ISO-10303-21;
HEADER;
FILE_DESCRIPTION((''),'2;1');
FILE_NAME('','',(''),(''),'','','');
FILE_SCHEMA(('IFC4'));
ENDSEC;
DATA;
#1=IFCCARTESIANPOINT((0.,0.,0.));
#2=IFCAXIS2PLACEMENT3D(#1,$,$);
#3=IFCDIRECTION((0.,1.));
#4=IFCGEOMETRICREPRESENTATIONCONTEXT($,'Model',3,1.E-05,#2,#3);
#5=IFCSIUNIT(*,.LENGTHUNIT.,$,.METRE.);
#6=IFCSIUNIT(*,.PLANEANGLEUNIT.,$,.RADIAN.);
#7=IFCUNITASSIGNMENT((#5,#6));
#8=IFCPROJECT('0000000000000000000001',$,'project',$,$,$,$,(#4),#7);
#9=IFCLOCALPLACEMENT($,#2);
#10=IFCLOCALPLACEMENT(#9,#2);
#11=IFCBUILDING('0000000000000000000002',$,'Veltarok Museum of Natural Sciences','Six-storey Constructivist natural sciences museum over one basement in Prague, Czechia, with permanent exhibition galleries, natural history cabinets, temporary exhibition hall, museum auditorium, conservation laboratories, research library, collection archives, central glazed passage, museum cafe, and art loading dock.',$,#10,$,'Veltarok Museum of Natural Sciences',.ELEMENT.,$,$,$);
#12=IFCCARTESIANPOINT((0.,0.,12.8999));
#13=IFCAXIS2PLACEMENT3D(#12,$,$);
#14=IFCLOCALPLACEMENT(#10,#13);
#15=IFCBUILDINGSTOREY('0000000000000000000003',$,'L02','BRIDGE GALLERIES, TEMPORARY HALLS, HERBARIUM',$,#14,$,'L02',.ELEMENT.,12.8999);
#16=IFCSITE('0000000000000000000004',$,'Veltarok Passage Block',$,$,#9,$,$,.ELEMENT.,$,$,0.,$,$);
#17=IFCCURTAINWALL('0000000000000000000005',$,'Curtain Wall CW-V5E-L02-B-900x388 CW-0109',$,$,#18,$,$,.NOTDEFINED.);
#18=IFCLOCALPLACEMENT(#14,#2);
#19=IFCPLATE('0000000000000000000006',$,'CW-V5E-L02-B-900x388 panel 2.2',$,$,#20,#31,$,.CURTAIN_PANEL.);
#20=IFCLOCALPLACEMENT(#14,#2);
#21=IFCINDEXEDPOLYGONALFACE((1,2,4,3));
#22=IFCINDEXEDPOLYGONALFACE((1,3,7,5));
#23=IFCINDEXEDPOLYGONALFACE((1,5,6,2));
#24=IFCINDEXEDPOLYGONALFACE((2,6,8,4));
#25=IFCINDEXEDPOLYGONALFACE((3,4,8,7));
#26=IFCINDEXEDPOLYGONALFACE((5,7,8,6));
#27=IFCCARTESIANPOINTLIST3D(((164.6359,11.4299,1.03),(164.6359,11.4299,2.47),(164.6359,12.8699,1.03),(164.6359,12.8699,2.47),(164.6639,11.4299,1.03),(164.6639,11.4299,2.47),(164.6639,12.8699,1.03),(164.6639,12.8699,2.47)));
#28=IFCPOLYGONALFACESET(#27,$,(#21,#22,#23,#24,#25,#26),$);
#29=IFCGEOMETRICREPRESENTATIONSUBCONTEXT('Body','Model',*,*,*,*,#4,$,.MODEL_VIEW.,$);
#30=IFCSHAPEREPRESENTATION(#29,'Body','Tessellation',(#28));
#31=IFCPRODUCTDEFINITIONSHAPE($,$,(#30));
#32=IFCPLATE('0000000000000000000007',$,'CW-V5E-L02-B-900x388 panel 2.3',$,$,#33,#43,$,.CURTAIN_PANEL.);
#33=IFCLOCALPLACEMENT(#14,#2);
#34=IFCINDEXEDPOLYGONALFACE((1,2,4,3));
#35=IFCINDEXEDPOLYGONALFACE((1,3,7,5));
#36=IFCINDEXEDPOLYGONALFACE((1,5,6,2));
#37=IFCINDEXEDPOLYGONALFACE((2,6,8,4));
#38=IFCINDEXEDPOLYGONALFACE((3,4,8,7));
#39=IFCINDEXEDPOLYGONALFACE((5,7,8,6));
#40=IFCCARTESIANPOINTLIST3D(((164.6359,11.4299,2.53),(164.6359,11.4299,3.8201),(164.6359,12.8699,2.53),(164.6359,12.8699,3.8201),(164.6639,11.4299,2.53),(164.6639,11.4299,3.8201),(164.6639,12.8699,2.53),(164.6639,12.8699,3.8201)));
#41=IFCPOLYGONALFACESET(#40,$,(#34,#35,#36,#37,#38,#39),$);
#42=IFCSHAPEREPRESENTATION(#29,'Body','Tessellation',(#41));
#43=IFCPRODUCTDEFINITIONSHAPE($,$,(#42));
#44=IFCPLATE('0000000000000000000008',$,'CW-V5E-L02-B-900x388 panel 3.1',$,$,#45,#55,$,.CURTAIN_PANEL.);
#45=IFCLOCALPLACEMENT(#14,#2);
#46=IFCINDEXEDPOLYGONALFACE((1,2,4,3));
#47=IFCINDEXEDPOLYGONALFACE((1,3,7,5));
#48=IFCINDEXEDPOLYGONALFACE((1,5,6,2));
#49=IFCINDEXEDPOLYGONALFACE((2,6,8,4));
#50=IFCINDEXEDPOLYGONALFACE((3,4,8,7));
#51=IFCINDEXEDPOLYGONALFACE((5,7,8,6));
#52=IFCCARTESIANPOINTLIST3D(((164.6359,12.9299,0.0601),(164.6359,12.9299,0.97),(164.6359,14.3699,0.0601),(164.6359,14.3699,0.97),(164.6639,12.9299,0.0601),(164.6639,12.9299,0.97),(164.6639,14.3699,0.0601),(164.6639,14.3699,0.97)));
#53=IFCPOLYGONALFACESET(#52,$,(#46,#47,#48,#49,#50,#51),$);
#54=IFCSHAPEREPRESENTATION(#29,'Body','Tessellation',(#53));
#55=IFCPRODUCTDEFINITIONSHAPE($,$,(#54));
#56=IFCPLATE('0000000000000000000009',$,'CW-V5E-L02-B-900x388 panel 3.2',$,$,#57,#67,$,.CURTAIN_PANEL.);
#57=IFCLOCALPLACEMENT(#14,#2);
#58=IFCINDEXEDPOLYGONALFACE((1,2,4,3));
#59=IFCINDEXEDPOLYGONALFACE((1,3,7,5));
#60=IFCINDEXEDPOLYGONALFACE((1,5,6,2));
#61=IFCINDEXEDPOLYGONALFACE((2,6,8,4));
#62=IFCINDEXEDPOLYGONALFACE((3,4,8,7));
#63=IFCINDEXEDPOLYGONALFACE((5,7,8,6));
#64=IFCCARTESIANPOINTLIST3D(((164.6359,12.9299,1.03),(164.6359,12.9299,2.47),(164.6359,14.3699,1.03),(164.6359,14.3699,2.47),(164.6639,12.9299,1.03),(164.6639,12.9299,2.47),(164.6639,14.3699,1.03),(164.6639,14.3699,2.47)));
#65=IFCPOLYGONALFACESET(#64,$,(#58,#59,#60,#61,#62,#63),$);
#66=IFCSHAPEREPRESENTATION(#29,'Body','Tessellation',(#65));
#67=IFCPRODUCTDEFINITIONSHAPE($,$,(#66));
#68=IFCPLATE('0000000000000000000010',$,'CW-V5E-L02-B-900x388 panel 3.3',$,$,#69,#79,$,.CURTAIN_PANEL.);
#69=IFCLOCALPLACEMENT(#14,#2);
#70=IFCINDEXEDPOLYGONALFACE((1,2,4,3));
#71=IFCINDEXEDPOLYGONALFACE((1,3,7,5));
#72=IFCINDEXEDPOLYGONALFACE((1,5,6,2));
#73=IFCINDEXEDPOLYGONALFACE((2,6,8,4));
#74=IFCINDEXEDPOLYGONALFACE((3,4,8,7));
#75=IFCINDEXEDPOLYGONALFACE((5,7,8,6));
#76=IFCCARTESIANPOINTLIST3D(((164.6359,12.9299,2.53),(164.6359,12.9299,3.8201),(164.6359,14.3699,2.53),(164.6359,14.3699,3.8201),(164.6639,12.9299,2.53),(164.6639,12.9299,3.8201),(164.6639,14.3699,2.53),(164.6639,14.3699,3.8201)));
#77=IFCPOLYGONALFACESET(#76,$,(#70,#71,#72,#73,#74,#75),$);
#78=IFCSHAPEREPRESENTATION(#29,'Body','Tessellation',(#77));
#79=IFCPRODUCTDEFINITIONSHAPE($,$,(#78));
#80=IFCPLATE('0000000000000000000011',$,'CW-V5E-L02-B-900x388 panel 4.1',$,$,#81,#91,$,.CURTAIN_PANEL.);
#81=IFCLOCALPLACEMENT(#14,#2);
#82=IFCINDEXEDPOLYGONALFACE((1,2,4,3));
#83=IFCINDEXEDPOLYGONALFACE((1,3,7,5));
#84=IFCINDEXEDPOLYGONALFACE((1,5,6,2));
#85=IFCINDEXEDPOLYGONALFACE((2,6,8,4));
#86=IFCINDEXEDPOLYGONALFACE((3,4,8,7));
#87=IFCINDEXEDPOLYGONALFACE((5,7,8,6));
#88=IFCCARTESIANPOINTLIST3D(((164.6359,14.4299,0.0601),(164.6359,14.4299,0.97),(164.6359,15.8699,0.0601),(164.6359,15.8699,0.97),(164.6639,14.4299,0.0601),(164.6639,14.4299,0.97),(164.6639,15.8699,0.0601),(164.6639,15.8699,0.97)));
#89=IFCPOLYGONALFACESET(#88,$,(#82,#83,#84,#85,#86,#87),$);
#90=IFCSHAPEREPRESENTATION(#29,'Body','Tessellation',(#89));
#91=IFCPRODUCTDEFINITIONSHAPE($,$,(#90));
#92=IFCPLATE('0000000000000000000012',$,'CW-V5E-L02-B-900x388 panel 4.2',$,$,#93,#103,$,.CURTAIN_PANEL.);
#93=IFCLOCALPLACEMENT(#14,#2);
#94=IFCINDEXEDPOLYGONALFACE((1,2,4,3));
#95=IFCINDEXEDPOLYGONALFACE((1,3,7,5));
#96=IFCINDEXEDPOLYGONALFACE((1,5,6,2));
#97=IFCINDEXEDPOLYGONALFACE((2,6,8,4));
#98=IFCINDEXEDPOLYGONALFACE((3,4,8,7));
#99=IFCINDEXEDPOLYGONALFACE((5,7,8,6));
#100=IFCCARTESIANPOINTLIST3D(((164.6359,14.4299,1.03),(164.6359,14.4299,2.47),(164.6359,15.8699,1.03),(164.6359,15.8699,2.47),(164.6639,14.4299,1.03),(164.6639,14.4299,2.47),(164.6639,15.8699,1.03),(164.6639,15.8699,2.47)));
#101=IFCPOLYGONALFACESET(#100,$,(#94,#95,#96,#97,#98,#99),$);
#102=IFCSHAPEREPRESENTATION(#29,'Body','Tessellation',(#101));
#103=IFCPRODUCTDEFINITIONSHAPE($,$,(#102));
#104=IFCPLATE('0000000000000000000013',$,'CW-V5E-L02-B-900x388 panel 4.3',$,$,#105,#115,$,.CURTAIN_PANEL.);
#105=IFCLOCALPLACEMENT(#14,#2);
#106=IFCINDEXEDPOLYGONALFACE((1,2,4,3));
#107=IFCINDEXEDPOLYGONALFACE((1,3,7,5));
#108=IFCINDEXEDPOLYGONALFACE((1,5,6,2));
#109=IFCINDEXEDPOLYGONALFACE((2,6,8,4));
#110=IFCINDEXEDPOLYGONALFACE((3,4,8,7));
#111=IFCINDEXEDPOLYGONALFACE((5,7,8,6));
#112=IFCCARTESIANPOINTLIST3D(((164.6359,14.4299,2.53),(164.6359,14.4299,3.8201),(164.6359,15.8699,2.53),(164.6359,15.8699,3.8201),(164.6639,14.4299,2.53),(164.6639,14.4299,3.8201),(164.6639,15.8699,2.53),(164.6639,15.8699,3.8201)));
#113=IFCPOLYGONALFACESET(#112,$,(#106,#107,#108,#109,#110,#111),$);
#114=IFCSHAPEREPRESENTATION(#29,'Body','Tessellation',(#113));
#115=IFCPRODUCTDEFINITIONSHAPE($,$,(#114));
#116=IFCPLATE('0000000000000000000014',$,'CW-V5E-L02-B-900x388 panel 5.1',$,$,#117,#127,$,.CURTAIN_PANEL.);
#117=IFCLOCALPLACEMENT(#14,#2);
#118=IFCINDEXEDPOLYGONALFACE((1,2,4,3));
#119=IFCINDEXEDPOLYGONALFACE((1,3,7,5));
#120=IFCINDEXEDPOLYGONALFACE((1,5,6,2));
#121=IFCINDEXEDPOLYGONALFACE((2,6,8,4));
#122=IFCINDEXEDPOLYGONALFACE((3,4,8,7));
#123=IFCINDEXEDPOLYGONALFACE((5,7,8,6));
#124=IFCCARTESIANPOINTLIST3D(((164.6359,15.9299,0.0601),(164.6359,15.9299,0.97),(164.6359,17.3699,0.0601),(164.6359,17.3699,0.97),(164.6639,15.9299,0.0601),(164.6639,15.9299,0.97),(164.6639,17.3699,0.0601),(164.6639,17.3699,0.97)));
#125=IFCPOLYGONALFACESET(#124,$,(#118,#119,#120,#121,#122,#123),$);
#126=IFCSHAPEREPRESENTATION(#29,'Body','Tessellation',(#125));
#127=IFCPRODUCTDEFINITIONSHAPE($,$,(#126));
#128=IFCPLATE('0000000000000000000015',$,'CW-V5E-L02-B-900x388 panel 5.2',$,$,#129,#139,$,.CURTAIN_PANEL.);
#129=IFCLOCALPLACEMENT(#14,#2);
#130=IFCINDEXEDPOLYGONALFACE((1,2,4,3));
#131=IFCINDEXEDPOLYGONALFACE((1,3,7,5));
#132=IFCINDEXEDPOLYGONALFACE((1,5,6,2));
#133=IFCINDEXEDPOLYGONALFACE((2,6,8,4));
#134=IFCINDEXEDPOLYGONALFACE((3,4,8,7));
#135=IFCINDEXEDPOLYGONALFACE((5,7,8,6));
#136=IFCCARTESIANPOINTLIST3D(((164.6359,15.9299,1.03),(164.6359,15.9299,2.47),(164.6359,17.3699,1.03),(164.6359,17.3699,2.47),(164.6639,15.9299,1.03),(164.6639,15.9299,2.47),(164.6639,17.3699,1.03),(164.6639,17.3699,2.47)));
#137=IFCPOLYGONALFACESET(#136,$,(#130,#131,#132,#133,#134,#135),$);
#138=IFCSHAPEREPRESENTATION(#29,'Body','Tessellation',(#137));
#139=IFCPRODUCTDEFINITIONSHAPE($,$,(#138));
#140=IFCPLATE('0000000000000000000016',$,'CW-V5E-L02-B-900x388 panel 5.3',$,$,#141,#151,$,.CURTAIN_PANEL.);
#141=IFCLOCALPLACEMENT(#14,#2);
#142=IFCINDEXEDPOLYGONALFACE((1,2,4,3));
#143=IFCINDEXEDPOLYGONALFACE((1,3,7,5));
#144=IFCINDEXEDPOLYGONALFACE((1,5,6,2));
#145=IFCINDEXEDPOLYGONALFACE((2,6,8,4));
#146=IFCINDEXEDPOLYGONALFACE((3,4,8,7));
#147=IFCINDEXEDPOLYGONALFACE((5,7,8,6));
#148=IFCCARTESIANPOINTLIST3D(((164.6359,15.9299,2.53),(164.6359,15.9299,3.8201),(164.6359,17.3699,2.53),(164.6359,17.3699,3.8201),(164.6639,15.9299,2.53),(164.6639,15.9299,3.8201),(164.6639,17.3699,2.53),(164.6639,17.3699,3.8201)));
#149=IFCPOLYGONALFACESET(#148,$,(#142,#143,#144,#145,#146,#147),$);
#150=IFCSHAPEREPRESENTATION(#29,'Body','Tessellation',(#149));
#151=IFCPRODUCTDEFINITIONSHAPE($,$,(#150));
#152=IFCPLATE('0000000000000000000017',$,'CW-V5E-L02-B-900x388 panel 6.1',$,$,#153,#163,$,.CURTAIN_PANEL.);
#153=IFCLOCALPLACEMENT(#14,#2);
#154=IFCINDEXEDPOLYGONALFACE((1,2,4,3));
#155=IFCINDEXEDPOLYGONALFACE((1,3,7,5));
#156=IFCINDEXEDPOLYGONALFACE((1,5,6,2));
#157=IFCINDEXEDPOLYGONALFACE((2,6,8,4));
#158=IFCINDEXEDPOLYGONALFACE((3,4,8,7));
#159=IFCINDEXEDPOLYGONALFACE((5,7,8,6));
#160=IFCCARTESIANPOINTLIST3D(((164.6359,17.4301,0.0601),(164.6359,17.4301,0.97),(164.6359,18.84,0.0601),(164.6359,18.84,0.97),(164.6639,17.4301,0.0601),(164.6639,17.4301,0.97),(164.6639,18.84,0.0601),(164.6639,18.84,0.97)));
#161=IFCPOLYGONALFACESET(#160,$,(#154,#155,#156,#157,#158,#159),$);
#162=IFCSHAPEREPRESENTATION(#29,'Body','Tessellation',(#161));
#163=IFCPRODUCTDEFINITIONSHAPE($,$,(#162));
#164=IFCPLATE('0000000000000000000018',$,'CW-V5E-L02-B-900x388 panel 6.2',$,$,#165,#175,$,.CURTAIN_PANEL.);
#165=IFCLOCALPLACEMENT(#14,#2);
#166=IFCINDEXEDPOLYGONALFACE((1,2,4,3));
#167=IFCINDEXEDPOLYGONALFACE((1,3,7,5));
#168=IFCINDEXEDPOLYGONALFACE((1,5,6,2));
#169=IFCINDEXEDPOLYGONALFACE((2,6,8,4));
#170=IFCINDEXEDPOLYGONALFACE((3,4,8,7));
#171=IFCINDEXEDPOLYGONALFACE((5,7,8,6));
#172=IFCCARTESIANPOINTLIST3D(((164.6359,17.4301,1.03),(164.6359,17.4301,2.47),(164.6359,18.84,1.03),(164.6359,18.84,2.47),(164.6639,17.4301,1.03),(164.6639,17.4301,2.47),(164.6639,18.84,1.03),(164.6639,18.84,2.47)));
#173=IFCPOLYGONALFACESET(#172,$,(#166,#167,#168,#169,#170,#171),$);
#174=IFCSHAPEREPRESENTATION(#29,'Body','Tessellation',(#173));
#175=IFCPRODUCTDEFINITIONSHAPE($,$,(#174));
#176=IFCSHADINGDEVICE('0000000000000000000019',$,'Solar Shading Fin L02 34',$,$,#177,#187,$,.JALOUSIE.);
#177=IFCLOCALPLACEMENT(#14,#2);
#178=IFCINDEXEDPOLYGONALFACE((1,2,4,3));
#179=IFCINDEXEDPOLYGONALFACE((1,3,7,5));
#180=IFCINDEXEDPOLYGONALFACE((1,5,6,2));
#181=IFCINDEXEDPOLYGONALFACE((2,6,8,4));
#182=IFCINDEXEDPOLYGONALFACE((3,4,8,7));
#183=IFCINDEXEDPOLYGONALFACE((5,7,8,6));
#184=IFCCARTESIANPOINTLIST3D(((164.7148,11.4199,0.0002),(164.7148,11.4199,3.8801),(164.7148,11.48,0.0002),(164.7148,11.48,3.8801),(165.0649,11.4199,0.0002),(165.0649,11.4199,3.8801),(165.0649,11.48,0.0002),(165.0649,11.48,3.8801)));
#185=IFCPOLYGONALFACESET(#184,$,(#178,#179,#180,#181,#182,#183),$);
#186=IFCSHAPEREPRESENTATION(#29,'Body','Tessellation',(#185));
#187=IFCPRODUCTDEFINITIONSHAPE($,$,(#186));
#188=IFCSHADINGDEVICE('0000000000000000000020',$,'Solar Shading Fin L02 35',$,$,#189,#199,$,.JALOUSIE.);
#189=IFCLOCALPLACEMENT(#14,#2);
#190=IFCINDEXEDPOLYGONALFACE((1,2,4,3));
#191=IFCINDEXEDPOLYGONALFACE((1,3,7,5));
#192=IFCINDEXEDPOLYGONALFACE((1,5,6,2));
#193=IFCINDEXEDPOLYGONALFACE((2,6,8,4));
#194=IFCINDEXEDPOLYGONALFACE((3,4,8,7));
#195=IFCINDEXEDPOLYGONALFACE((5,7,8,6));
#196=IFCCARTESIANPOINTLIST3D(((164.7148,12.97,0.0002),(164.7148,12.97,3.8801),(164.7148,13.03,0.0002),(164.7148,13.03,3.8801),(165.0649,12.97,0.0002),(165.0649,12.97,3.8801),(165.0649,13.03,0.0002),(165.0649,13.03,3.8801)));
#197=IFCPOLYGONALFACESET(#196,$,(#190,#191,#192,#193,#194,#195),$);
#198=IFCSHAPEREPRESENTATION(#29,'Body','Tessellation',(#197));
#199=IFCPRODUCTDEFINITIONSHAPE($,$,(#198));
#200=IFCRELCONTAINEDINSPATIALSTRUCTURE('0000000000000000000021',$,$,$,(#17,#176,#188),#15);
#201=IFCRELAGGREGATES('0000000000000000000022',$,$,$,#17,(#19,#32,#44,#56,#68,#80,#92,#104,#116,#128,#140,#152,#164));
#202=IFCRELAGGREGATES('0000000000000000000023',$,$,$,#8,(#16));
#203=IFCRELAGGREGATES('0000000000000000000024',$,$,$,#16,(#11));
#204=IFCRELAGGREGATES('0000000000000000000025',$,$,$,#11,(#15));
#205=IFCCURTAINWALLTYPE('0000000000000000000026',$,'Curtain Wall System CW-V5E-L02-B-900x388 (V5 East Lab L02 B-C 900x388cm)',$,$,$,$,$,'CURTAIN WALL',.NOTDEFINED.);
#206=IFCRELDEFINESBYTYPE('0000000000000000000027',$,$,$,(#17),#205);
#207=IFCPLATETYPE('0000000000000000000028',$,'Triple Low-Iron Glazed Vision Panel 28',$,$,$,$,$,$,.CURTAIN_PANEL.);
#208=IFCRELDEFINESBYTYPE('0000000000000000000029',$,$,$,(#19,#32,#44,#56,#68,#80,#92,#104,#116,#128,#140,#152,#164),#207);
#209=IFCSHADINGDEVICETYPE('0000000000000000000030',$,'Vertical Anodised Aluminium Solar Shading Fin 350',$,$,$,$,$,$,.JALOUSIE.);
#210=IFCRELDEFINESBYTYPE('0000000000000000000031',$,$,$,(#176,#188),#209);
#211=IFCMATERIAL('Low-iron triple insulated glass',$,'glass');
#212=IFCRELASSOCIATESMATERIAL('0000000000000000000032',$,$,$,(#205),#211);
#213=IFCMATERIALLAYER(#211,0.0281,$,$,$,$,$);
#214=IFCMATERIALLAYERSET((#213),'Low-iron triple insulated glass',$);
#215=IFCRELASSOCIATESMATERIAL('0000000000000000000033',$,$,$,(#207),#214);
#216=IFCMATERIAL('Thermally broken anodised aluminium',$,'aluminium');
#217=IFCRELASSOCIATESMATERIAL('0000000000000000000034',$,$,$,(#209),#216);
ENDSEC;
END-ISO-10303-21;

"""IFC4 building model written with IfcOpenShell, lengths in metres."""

from ifc_helpers import new_model, si_unit, direction, frame, origin, origin_2d, place, context, subcontext, project, spatial, rectangle, extrude, material, layer, layer_set, type_object, element, aggregate, save


model = new_model("IFC4")

# Units and contexts
model_context = context("Model", 3, precision=1e-05, world=origin(), true_north=direction((0.0, 1.0)))
body_context = subcontext(model_context, "Body", "Model", "MODEL_VIEW")
ifc_project = project(units=[si_unit("LENGTHUNIT", "METRE"), si_unit("PLANEANGLEUNIT", "RADIAN")], contexts=[model_context])

# Site, building, storey
site_placement = place(None, origin())
site = spatial("IfcSite", under=ifc_project, at=site_placement, Name="Veltarok Passage Block", CompositionType="ELEMENT", RefElevation=0.0)
building_placement = place(site_placement, origin())
building = spatial("IfcBuilding", under=site, at=building_placement, Name="Veltarok Museum of Natural Sciences", Description="Six-storey Constructivist natural sciences museum over one basement in Prague, Czechia, with permanent exhibition galleries, natural history cabinets, temporary exhibition hall, museum auditorium, conservation laboratories, research library, collection archives, central glazed passage, museum cafe, and art loading dock.", LongName="Veltarok Museum of Natural Sciences", CompositionType="ELEMENT")
storey_placement = place(building_placement, frame((0.0, 0.0, 12.8999)))
storey = spatial("IfcBuildingStorey", under=building, at=storey_placement, Name="L02", Description="BRIDGE GALLERIES, TEMPORARY HALLS, HERBARIUM", LongName="L02", CompositionType="ELEMENT", Elevation=12.8999)

# Curtain wall, plates
ifc_material_1 = material(Name="Low-iron triple insulated glass", Category="glass")
curtain_wall_type = type_object("IfcCurtainWallType", Name="Curtain Wall System CW-V5E-L02-B-900x388 (V5 East Lab L02 B-C 900x388cm)", ElementType="CURTAIN WALL", PredefinedType="NOTDEFINED", material=ifc_material_1)
curtain_wall_placement = place(storey_placement, origin())
curtain_wall = element("IfcCurtainWall", 1, at=curtain_wall_placement, inside=storey, type_object=curtain_wall_type, Name="Curtain Wall CW-V5E-L02-B-900x388 CW-0109", PredefinedType="NOTDEFINED")
ifc_material_2 = material(Name="Thermally broken anodised aluminium", Category="aluminium")
ifc_layer = layer(ifc_material_1, 0.0281)
ifc_layer_set = layer_set([ifc_layer], Name="Low-iron triple insulated glass")
plate_type = type_object("IfcPlateType", Name="Triple Low-Iron Glazed Vision Panel 28", PredefinedType="CURTAIN_PANEL", material=ifc_layer_set)
plate_1_placement = place(storey_placement, frame((164.6499, 12.1499, 1.03), z_axis=(0.0, 0.0, 1.0), x_axis=(0.0, 1.0, 0.0)))
plate_1 = element("IfcPlate", 2, at=plate_1_placement, type_object=plate_type, Name="CW-V5E-L02-B-900x388 panel 2.2", PredefinedType="CURTAIN_PANEL", context=body_context, shape_type="SweptSolid", body=[
    extrude(rectangle(XDim=1.4399, YDim=0.0281, at=origin_2d()), origin(), (0.0, 0.0, 1.0), 1.4399),
])
plate_2_placement = place(storey_placement, frame((164.6499, 12.1499, 2.53), z_axis=(0.0, 0.0, 1.0), x_axis=(0.0, 1.0, 0.0)))
plate_2 = element("IfcPlate", 3, at=plate_2_placement, type_object=plate_type, Name="CW-V5E-L02-B-900x388 panel 2.3", PredefinedType="CURTAIN_PANEL", context=body_context, shape_type="SweptSolid", body=[
    extrude(rectangle(XDim=1.4399, YDim=0.0281, at=origin_2d()), origin(), (0.0, 0.0, 1.0), 1.29),
])
plate_3_placement = place(storey_placement, frame((164.6499, 13.6499, 0.0601), z_axis=(0.0, 0.0, 1.0), x_axis=(0.0, 1.0, 0.0)))
plate_3 = element("IfcPlate", 4, at=plate_3_placement, type_object=plate_type, Name="CW-V5E-L02-B-900x388 panel 3.1", PredefinedType="CURTAIN_PANEL", context=body_context, shape_type="SweptSolid", body=[
    extrude(rectangle(XDim=1.4399, YDim=0.0281, at=origin_2d()), origin(), (0.0, 0.0, 1.0), 0.9099),
])
plate_4_placement = place(storey_placement, frame((164.6499, 13.6499, 1.03), z_axis=(0.0, 0.0, 1.0), x_axis=(0.0, 1.0, 0.0)))
plate_4 = element("IfcPlate", 5, at=plate_4_placement, type_object=plate_type, Name="CW-V5E-L02-B-900x388 panel 3.2", PredefinedType="CURTAIN_PANEL", context=body_context, shape_type="SweptSolid", body=[
    extrude(rectangle(XDim=1.4399, YDim=0.0281, at=origin_2d()), origin(), (0.0, 0.0, 1.0), 1.4399),
])
plate_5_placement = place(storey_placement, frame((164.6499, 13.6499, 2.53), z_axis=(0.0, 0.0, 1.0), x_axis=(0.0, 1.0, 0.0)))
plate_5 = element("IfcPlate", 6, at=plate_5_placement, type_object=plate_type, Name="CW-V5E-L02-B-900x388 panel 3.3", PredefinedType="CURTAIN_PANEL", context=body_context, shape_type="SweptSolid", body=[
    extrude(rectangle(XDim=1.4399, YDim=0.0281, at=origin_2d()), origin(), (0.0, 0.0, 1.0), 1.29),
])
plate_6_placement = place(storey_placement, frame((164.6499, 15.1499, 0.0601), z_axis=(0.0, 0.0, 1.0), x_axis=(0.0, 1.0, 0.0)))
plate_6 = element("IfcPlate", 7, at=plate_6_placement, type_object=plate_type, Name="CW-V5E-L02-B-900x388 panel 4.1", PredefinedType="CURTAIN_PANEL", context=body_context, shape_type="SweptSolid", body=[
    extrude(rectangle(XDim=1.4399, YDim=0.0281, at=origin_2d()), origin(), (0.0, 0.0, 1.0), 0.9099),
])
plate_7_placement = place(storey_placement, frame((164.6499, 15.1499, 1.03), z_axis=(0.0, 0.0, 1.0), x_axis=(0.0, 1.0, 0.0)))
plate_7 = element("IfcPlate", 8, at=plate_7_placement, type_object=plate_type, Name="CW-V5E-L02-B-900x388 panel 4.2", PredefinedType="CURTAIN_PANEL", context=body_context, shape_type="SweptSolid", body=[
    extrude(rectangle(XDim=1.4399, YDim=0.0281, at=origin_2d()), origin(), (0.0, 0.0, 1.0), 1.4399),
])
plate_8_placement = place(storey_placement, frame((164.6499, 15.1499, 2.53), z_axis=(0.0, 0.0, 1.0), x_axis=(0.0, 1.0, 0.0)))
plate_8 = element("IfcPlate", 9, at=plate_8_placement, type_object=plate_type, Name="CW-V5E-L02-B-900x388 panel 4.3", PredefinedType="CURTAIN_PANEL", context=body_context, shape_type="SweptSolid", body=[
    extrude(rectangle(XDim=1.4399, YDim=0.0281, at=origin_2d()), origin(), (0.0, 0.0, 1.0), 1.29),
])
plate_9_placement = place(storey_placement, frame((164.6499, 16.6499, 0.0601), z_axis=(0.0, 0.0, 1.0), x_axis=(0.0, 1.0, 0.0)))
plate_9 = element("IfcPlate", 10, at=plate_9_placement, type_object=plate_type, Name="CW-V5E-L02-B-900x388 panel 5.1", PredefinedType="CURTAIN_PANEL", context=body_context, shape_type="SweptSolid", body=[
    extrude(rectangle(XDim=1.4399, YDim=0.0281, at=origin_2d()), origin(), (0.0, 0.0, 1.0), 0.9099),
])
plate_10_placement = place(storey_placement, frame((164.6499, 16.6499, 1.03), z_axis=(0.0, 0.0, 1.0), x_axis=(0.0, 1.0, 0.0)))
plate_10 = element("IfcPlate", 11, at=plate_10_placement, type_object=plate_type, Name="CW-V5E-L02-B-900x388 panel 5.2", PredefinedType="CURTAIN_PANEL", context=body_context, shape_type="SweptSolid", body=[
    extrude(rectangle(XDim=1.4399, YDim=0.0281, at=origin_2d()), origin(), (0.0, 0.0, 1.0), 1.4399),
])
plate_11_placement = place(storey_placement, frame((164.6499, 16.6499, 2.53), z_axis=(0.0, 0.0, 1.0), x_axis=(0.0, 1.0, 0.0)))
plate_11 = element("IfcPlate", 12, at=plate_11_placement, type_object=plate_type, Name="CW-V5E-L02-B-900x388 panel 5.3", PredefinedType="CURTAIN_PANEL", context=body_context, shape_type="SweptSolid", body=[
    extrude(rectangle(XDim=1.4399, YDim=0.0281, at=origin_2d()), origin(), (0.0, 0.0, 1.0), 1.29),
])
plate_12_placement = place(storey_placement, frame((164.6499, 18.135, 0.0601), z_axis=(0.0, 0.0, 1.0), x_axis=(0.0, 1.0, 0.0)))
plate_12 = element("IfcPlate", 13, at=plate_12_placement, type_object=plate_type, Name="CW-V5E-L02-B-900x388 panel 6.1", PredefinedType="CURTAIN_PANEL", context=body_context, shape_type="SweptSolid", body=[
    extrude(rectangle(XDim=1.4099, YDim=0.0281, at=origin_2d()), origin(), (0.0, 0.0, 1.0), 0.9099),
])
plate_13_placement = place(storey_placement, frame((164.6499, 18.135, 1.03), z_axis=(0.0, 0.0, 1.0), x_axis=(0.0, 1.0, 0.0)))
plate_13 = element("IfcPlate", 14, at=plate_13_placement, type_object=plate_type, Name="CW-V5E-L02-B-900x388 panel 6.2", PredefinedType="CURTAIN_PANEL", context=body_context, shape_type="SweptSolid", body=[
    extrude(rectangle(XDim=1.4099, YDim=0.0281, at=origin_2d()), origin(), (0.0, 0.0, 1.0), 1.4399),
])
aggregate(curtain_wall, [plate_1, plate_2, plate_3, plate_4, plate_5, plate_6, plate_7, plate_8, plate_9, plate_10, plate_11, plate_12, plate_13])

# Shading devices
shading_device_type = type_object("IfcShadingDeviceType", Name="Vertical Anodised Aluminium Solar Shading Fin 350", PredefinedType="JALOUSIE", material=ifc_material_2)
for number, where, z_axis, x_axis, name in (
    (15, (164.8899, 11.45, 0.0002), (0.0, 0.0, 1.0), (1.0, 0.0, 0.0), "Solar Shading Fin L02 34"),
    (16, (164.8899, 13.0, 0.0002), (0.0, 0.0, 1.0), (1.0, 0.0, 0.0), "Solar Shading Fin L02 35"),
):
    element("IfcShadingDevice", number, at=place(storey_placement, frame(where, z_axis=z_axis, x_axis=x_axis)), inside=storey, type_object=shading_device_type, Name=name, PredefinedType="JALOUSIE", context=body_context, shape_type="SweptSolid", body=[
        extrude(rectangle(XDim=0.3501, YDim=0.0601, at=origin_2d()), origin(), (0.0, 0.0, 1.0), 3.8799),
    ])

save(model, "model.ifc")
